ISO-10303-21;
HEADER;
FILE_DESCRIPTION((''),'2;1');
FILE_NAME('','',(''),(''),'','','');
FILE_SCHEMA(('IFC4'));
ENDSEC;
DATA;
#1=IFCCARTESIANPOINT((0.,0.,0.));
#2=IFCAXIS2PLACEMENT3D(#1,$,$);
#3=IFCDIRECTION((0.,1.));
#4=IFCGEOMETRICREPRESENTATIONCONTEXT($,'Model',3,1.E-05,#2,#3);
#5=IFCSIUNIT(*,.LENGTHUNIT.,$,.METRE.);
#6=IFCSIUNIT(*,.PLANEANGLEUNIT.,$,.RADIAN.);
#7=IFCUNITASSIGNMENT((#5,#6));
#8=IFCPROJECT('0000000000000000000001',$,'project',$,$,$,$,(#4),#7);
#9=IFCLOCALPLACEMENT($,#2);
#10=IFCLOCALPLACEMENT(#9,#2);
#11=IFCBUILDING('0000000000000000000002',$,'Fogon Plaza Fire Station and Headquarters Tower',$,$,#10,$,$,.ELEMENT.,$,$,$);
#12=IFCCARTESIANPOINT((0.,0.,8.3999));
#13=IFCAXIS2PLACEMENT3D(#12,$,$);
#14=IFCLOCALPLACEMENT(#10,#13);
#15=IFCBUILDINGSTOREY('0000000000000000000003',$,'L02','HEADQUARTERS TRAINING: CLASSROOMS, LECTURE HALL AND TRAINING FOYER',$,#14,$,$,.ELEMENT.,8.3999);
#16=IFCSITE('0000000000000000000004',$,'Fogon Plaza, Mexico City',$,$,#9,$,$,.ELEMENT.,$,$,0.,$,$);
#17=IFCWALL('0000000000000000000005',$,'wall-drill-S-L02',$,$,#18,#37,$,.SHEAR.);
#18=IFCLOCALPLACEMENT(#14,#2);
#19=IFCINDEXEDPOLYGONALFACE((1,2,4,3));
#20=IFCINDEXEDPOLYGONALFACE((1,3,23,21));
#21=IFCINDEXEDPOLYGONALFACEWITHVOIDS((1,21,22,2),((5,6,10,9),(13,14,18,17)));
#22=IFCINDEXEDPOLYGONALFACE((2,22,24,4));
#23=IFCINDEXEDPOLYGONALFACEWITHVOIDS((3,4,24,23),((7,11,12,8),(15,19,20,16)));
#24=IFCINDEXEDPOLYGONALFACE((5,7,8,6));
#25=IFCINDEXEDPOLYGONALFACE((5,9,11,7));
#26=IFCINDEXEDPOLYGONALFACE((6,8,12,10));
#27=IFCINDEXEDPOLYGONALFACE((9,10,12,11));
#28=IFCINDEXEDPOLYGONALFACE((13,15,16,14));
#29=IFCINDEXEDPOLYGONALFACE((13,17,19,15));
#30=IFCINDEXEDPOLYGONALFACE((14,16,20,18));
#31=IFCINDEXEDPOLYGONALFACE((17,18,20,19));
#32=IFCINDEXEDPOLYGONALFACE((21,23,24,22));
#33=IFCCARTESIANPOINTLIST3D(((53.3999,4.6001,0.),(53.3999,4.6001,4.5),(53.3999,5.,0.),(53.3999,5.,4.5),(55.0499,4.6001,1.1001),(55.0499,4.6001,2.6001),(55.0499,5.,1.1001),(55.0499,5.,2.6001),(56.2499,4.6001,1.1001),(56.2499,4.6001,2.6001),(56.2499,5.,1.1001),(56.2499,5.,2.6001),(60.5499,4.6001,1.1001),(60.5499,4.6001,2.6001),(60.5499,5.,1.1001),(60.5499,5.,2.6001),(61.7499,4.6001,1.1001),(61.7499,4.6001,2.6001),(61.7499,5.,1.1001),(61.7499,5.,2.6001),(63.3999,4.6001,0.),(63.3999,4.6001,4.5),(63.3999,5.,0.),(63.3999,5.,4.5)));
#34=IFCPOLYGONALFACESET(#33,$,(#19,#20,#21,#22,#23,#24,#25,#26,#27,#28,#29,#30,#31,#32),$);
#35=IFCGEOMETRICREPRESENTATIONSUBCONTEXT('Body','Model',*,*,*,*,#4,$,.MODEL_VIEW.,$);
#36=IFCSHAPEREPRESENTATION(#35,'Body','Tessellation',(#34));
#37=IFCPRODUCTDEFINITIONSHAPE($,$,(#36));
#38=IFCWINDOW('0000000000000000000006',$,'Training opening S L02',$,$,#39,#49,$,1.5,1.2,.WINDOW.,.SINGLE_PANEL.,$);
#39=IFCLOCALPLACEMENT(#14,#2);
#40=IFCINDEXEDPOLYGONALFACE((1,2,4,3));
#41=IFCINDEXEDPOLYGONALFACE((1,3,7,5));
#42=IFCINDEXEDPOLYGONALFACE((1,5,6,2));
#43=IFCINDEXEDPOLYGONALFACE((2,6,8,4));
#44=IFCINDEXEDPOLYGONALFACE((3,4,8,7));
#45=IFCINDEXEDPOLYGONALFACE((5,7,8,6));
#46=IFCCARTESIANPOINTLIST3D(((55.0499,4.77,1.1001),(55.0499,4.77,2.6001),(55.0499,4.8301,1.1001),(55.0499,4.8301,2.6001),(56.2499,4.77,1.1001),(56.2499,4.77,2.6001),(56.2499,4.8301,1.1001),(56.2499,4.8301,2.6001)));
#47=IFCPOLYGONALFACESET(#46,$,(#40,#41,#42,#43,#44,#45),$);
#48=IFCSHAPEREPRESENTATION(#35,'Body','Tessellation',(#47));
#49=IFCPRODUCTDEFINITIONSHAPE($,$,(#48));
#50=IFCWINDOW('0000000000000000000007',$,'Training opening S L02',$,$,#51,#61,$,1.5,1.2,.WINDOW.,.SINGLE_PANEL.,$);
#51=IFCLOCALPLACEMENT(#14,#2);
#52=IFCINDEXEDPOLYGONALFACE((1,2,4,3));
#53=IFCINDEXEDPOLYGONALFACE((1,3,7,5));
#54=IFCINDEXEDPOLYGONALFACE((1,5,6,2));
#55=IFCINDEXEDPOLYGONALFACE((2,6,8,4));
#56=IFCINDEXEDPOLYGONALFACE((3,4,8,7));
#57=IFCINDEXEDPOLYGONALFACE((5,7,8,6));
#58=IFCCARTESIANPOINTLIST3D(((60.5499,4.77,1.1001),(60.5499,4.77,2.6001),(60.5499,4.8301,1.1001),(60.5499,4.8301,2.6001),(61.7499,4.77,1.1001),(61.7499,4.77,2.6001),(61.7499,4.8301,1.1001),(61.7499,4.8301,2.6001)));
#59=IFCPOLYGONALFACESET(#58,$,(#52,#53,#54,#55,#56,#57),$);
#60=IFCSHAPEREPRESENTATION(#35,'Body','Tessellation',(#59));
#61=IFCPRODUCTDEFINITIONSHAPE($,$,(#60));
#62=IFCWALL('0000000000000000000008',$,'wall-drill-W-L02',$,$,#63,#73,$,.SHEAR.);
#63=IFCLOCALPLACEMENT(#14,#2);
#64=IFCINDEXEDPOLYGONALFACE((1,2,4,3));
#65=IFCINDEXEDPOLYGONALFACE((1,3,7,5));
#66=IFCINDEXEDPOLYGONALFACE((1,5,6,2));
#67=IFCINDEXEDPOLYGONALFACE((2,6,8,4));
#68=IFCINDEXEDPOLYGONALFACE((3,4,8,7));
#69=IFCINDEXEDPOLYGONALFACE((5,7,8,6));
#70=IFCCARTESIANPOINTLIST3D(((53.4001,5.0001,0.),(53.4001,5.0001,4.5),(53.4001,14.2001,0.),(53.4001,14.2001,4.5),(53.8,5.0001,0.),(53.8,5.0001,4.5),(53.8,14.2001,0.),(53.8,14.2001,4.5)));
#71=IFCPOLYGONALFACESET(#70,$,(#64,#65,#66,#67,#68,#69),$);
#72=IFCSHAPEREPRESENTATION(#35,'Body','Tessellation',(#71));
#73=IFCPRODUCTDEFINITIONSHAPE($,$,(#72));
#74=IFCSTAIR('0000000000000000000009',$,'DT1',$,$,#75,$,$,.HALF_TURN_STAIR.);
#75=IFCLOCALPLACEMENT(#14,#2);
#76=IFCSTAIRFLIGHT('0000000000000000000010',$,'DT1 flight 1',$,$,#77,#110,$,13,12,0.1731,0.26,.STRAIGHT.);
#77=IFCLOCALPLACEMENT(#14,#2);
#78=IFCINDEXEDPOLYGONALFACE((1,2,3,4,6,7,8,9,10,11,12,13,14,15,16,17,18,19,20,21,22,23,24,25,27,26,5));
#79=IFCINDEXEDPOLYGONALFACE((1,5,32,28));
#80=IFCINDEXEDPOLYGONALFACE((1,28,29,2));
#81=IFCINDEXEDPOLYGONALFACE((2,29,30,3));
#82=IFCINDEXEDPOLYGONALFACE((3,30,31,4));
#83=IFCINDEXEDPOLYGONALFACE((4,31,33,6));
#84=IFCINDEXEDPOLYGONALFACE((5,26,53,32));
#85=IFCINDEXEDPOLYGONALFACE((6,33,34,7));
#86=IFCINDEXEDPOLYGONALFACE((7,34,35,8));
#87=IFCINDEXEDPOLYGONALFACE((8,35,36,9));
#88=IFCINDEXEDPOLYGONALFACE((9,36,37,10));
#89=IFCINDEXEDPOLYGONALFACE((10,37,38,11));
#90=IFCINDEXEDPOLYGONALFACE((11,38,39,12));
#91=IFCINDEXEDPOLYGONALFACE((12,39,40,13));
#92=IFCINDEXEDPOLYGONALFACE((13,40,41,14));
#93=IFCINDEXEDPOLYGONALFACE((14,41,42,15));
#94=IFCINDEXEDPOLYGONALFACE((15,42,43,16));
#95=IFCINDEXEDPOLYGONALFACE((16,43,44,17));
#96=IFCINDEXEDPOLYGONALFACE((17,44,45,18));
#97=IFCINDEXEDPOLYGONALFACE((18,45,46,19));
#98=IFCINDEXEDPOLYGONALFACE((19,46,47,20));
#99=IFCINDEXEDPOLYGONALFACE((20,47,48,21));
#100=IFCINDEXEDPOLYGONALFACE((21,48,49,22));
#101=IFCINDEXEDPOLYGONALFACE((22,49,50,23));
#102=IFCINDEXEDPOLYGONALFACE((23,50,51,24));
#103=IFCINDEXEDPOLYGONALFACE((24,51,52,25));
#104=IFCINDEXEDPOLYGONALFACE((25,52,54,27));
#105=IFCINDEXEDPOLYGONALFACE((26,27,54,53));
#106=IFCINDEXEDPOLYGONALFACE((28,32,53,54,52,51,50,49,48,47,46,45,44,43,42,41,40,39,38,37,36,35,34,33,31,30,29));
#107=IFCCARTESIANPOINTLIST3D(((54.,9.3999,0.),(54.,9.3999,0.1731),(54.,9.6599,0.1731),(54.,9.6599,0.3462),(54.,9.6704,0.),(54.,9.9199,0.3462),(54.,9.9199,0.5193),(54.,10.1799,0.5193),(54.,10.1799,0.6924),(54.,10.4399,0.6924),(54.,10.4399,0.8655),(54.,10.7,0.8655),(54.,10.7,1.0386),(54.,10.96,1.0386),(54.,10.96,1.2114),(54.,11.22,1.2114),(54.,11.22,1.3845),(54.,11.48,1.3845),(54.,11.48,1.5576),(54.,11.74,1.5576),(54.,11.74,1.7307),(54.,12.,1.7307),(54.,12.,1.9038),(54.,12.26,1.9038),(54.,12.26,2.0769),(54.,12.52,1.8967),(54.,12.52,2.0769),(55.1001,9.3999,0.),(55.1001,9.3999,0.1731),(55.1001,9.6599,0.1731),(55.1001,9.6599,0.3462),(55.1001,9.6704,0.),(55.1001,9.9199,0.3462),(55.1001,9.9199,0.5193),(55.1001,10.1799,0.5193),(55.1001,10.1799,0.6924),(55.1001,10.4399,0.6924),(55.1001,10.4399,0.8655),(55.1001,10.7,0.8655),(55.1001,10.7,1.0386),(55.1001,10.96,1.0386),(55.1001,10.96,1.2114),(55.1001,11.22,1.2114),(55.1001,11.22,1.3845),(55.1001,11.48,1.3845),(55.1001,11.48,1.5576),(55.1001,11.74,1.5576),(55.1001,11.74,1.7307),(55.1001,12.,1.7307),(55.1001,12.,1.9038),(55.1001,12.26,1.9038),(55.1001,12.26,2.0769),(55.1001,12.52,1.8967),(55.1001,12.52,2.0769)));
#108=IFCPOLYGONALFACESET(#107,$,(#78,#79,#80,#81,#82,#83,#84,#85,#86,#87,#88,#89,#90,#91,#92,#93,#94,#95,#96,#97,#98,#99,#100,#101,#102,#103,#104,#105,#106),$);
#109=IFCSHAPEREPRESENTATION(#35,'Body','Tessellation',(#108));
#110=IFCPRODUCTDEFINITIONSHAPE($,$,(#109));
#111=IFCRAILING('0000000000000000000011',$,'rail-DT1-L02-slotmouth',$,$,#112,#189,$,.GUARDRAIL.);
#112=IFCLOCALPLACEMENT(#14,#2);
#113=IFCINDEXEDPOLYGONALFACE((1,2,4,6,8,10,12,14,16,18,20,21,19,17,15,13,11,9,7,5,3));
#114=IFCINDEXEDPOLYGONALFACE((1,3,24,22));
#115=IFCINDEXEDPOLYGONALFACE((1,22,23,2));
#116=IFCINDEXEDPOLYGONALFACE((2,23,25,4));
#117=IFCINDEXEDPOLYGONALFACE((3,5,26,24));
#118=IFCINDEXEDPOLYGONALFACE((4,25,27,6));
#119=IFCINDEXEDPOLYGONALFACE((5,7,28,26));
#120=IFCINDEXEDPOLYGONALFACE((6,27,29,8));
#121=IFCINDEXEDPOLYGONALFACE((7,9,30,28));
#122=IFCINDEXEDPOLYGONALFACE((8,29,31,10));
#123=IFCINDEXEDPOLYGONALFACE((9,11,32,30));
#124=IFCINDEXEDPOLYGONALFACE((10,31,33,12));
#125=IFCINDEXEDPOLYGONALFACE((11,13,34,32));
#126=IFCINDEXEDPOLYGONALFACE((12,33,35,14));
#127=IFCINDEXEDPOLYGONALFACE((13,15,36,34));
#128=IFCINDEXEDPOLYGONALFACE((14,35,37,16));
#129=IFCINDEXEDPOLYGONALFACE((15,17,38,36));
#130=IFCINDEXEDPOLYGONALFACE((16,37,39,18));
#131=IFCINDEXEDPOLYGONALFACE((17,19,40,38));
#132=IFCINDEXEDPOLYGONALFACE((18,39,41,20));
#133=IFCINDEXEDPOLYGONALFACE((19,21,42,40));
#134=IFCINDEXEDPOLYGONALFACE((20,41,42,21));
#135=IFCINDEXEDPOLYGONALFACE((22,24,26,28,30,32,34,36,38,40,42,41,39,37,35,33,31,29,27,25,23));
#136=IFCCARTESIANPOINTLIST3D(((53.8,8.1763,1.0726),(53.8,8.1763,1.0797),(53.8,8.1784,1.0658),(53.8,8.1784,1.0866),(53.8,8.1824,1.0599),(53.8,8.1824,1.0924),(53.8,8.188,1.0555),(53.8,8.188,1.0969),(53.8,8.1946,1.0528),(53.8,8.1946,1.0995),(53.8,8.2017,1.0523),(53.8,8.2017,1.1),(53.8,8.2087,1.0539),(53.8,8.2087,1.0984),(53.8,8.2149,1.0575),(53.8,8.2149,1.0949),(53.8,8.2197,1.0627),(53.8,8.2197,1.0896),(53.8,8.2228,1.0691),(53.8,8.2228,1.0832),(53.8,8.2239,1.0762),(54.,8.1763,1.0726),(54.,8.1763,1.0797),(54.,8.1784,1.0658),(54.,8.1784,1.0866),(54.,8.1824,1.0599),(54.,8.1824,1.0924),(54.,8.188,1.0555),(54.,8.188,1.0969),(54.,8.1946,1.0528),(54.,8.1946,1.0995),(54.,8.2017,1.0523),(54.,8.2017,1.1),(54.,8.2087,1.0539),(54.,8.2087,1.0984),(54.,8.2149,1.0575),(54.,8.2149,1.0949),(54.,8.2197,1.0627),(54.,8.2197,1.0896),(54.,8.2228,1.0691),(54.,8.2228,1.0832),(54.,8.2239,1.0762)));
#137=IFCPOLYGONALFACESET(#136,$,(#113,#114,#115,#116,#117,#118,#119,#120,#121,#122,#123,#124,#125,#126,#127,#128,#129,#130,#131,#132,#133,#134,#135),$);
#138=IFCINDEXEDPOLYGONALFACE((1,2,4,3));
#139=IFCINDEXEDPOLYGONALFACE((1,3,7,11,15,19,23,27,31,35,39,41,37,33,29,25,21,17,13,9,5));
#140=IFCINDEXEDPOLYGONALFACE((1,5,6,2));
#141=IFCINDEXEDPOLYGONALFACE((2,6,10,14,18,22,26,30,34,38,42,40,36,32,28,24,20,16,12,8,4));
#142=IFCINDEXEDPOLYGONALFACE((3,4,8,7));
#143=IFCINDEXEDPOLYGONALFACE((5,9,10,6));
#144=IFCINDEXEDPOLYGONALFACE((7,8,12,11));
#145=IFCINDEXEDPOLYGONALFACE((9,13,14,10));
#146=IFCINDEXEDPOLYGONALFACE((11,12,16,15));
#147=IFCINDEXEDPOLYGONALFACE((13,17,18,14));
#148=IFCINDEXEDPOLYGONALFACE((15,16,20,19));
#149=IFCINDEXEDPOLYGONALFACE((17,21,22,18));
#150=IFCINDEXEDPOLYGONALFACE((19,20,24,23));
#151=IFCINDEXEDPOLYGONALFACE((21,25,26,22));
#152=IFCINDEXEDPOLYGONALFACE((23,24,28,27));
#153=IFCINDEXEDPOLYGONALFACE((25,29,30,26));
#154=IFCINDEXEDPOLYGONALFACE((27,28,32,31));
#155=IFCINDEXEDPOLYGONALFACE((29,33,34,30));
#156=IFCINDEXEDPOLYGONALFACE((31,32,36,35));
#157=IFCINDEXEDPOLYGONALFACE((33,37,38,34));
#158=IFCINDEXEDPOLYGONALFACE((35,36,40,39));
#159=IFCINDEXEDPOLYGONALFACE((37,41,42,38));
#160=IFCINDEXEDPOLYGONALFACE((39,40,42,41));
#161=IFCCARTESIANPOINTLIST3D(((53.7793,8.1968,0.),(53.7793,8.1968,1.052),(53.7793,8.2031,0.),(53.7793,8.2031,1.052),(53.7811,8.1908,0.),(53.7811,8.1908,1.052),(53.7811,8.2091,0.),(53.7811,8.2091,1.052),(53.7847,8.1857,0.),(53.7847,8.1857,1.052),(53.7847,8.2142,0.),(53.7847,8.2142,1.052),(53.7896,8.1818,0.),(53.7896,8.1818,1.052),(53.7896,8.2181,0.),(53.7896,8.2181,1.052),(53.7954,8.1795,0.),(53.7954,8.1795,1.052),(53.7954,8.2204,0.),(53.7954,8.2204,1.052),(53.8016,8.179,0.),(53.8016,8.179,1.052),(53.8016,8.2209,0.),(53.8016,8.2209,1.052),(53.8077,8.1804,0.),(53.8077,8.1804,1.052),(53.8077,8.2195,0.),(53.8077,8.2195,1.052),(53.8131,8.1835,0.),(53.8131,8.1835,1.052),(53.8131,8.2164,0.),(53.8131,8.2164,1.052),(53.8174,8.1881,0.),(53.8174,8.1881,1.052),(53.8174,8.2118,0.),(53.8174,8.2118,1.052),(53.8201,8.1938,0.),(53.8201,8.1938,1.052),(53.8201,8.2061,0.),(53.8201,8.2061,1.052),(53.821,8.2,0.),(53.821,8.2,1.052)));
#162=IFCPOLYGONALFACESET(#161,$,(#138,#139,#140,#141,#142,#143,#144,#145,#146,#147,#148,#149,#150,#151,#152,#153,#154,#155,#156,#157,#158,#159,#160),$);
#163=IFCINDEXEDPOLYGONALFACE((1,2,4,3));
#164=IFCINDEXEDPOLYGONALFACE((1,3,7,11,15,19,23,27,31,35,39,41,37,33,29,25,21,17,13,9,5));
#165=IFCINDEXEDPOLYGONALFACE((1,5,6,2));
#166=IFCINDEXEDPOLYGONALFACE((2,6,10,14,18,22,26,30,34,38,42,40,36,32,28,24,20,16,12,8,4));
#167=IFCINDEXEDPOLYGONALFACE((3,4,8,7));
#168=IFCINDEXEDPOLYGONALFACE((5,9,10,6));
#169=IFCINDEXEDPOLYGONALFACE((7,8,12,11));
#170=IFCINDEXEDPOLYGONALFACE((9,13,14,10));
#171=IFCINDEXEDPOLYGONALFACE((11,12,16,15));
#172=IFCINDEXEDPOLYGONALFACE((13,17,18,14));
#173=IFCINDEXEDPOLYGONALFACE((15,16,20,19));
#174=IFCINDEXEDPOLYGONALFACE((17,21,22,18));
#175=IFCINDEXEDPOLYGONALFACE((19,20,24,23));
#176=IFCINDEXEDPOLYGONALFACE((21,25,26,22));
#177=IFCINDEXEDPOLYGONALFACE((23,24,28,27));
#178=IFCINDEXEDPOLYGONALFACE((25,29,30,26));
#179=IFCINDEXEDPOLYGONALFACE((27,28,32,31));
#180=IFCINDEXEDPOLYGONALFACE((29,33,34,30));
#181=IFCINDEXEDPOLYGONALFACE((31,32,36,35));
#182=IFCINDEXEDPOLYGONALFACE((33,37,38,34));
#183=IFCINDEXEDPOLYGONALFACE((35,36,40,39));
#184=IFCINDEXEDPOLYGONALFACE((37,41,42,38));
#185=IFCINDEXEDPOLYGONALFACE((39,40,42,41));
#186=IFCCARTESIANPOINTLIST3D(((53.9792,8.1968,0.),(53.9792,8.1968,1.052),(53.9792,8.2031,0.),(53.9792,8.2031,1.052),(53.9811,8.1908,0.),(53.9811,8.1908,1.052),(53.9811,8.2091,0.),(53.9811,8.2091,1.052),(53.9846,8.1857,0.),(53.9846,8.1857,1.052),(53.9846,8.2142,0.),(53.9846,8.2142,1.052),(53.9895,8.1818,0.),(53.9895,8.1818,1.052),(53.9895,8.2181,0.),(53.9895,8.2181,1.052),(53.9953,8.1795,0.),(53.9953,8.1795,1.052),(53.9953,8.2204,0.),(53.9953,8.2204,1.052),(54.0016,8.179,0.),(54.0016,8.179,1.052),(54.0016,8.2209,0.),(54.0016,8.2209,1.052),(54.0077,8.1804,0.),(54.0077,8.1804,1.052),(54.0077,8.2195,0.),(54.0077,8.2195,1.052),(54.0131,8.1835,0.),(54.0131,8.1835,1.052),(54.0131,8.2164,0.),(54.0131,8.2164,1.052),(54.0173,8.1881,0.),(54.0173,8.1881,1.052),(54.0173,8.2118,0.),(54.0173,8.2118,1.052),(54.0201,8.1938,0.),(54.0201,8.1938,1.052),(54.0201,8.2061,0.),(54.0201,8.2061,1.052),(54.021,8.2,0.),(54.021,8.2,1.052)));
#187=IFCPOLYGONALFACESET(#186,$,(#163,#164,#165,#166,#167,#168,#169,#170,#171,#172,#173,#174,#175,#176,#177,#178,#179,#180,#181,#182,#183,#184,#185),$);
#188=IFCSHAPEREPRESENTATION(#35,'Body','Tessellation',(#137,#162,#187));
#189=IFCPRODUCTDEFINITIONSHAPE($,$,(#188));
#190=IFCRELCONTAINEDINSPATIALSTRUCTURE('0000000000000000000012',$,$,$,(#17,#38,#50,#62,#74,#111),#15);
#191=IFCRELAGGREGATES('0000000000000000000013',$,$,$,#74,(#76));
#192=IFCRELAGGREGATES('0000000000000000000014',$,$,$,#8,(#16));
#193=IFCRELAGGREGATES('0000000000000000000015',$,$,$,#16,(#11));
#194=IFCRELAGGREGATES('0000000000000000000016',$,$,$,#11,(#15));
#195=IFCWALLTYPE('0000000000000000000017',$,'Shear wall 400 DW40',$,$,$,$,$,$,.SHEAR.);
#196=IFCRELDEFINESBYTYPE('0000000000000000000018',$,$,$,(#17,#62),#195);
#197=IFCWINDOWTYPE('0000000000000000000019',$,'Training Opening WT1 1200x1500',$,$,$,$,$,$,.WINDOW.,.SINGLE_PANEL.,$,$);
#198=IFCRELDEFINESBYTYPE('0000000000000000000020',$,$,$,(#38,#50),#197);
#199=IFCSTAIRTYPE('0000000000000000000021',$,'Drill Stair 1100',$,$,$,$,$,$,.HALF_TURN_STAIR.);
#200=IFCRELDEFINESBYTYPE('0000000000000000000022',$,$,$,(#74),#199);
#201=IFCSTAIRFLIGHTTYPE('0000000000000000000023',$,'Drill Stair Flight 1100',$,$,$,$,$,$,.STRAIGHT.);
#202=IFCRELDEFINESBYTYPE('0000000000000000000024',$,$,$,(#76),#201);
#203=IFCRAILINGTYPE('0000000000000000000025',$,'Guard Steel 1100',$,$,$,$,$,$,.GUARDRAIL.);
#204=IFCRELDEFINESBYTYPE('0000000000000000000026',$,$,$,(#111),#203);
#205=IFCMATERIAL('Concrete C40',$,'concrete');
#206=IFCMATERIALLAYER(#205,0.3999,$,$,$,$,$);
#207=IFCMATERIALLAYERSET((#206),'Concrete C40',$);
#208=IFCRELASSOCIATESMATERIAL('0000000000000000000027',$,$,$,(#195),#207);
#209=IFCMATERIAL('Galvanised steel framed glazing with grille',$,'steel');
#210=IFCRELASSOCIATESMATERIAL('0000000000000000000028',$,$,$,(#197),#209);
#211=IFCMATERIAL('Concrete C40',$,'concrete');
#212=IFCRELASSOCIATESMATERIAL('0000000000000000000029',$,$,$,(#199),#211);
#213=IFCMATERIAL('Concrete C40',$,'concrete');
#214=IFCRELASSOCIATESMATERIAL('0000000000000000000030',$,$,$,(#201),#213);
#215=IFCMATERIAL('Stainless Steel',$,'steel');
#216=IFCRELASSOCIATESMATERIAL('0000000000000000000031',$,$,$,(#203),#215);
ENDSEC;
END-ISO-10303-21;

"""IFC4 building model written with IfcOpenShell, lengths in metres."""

from ifc_helpers import new_model, si_unit, direction, frame, frame_2d, origin, origin_2d, place, context, subcontext, project, spatial, polyline, rectangle, circle, outline, extrude, material, layer, layer_set, type_object, element, fill, aggregate, save


model = new_model("IFC4")

# Units and contexts
model_context = context("Model", 3, precision=1e-05, world=origin(), true_north=direction((0.0, 1.0)))
body_context = subcontext(model_context, "Body", "Model", "MODEL_VIEW")
ifc_project = project(units=[si_unit("LENGTHUNIT", "METRE"), si_unit("PLANEANGLEUNIT", "RADIAN")], contexts=[model_context])

# Site, building, storey
site_placement = place(None, origin())
site = spatial("IfcSite", under=ifc_project, at=site_placement, Name="Fogon Plaza, Mexico City", CompositionType="ELEMENT", RefElevation=0.0)
building_placement = place(site_placement, origin())
building = spatial("IfcBuilding", under=site, at=building_placement, Name="Fogon Plaza Fire Station and Headquarters Tower", CompositionType="ELEMENT")
storey_placement = place(building_placement, frame((0.0, 0.0, 8.3999)))
storey = spatial("IfcBuildingStorey", under=building, at=storey_placement, Name="L02", Description="HEADQUARTERS TRAINING: CLASSROOMS, LECTURE HALL AND TRAINING FOYER", CompositionType="ELEMENT", Elevation=8.3999)

# Shared definitions
ifc_material_1 = material(Name="Concrete C40", Category="concrete")
ifc_layer_1 = layer(ifc_material_1, 0.3999)
ifc_layer_set_1 = layer_set([ifc_layer_1], Name="Concrete C40")
wall_type = type_object("IfcWallType", Name="Shear wall 400 DW40", PredefinedType="SHEAR", material=ifc_layer_set_1)
ifc_material_2 = material(Name="Galvanised steel framed glazing with grille", Category="steel")
window_type = type_object("IfcWindowType", Name="Training Opening WT1 1200x1500", PartitioningType="SINGLE_PANEL", PredefinedType="WINDOW", material=ifc_material_2)

# Wall, openings, windows
wall_1_placement = place(storey_placement, frame((53.3999, 4.8, 0.0), z_axis=(0.0, 0.0, 1.0), x_axis=(1.0, 0.0, 0.0)))
wall_1 = element("IfcWall", 1, at=wall_1_placement, inside=storey, type_object=wall_type, Name="wall-drill-S-L02", PredefinedType="SHEAR", context=body_context, shape_type="SweptSolid", body=[
    extrude(rectangle(XDim=10.0, YDim=0.3999, at=frame_2d((5.0, 0.0))), origin(), (0.0, 0.0, 1.0), 4.5),
])
opening_1_placement = place(wall_1_placement, frame((1.6499, 0.0, 1.1001)))
opening_1 = element("IfcOpeningElement", 2, at=opening_1_placement, cuts=wall_1, PredefinedType="OPENING", context=body_context, shape_type="SweptSolid", body=[
    extrude(rectangle(XDim=1.2, YDim=1.5, at=frame_2d((0.6001, 0.75))), frame((0.0, 0.21, 0.0), z_axis=(0.0, -1.0, 0.0), x_axis=(1.0, 0.0, 0.0)), (0.0, 0.0, 1.0), 0.4199),
])
opening_2_placement = place(wall_1_placement, frame((7.1499, 0.0, 1.1001)))
opening_2 = element("IfcOpeningElement", 3, at=opening_2_placement, cuts=wall_1, PredefinedType="OPENING", context=body_context, shape_type="SweptSolid", body=[
    extrude(rectangle(XDim=1.2, YDim=1.5, at=frame_2d((0.6001, 0.75))), frame((0.0, 0.21, 0.0), z_axis=(0.0, -1.0, 0.0), x_axis=(1.0, 0.0, 0.0)), (0.0, 0.0, 1.0), 0.4199),
])
window_1_placement = place(opening_1_placement, origin())
window_1 = element("IfcWindow", 4, at=window_1_placement, inside=storey, type_object=window_type, Name="Training opening S L02", OverallHeight=1.5, OverallWidth=1.2, PartitioningType="SINGLE_PANEL", PredefinedType="WINDOW", context=body_context, shape_type="SweptSolid", body=[
    extrude(rectangle(XDim=1.2, YDim=1.5, at=frame_2d((0.6001, 0.75))), frame((0.0, 0.03, 0.0), z_axis=(0.0, -1.0, 0.0), x_axis=(1.0, 0.0, 0.0)), (0.0, 0.0, 1.0), 0.0601),
])
fill(opening_1, window_1)
window_2_placement = place(opening_2_placement, origin())
window_2 = element("IfcWindow", 5, at=window_2_placement, inside=storey, type_object=window_type, Name="Training opening S L02", OverallHeight=1.5, OverallWidth=1.2, PartitioningType="SINGLE_PANEL", PredefinedType="WINDOW", context=body_context, shape_type="SweptSolid", body=[
    extrude(rectangle(XDim=1.2, YDim=1.5, at=frame_2d((0.6001, 0.75))), frame((0.0, 0.03, 0.0), z_axis=(0.0, -1.0, 0.0), x_axis=(1.0, 0.0, 0.0)), (0.0, 0.0, 1.0), 0.0601),
])
fill(opening_2, window_2)

# Wall
wall_2_placement = place(storey_placement, frame((53.6001, 5.0, 0.0), z_axis=(0.0, 0.0, 1.0), x_axis=(0.0, 1.0, 0.0)))
element("IfcWall", 6, at=wall_2_placement, inside=storey, type_object=wall_type, Name="wall-drill-W-L02", PredefinedType="SHEAR", context=body_context, shape_type="SweptSolid", body=[
    extrude(rectangle(XDim=9.2, YDim=0.3999, at=frame_2d((4.6001, 0.0))), origin(), (0.0, 0.0, 1.0), 4.5),
])

# Stair, stair flight
ifc_material_3 = material(Name="Concrete C40", Category="concrete")
stair_type = type_object("IfcStairType", Name="Drill Stair 1100", PredefinedType="HALF_TURN_STAIR", material=ifc_material_3)
stair_placement = place(storey_placement, origin())
stair = element("IfcStair", 7, at=stair_placement, inside=storey, type_object=stair_type, Name="DT1", PredefinedType="HALF_TURN_STAIR")
ifc_material_4 = material(Name="Concrete C40", Category="concrete")
stair_flight_type = type_object("IfcStairFlightType", Name="Drill Stair Flight 1100", PredefinedType="STRAIGHT", material=ifc_material_4)
stair_flight_placement = place(storey_placement, frame((54.55, 9.3999, 0.0), z_axis=(0.0, 0.0, 1.0), x_axis=(0.0, 1.0, 0.0)))
stair_flight = element("IfcStairFlight", 8, at=stair_flight_placement, type_object=stair_flight_type, Name="DT1 flight 1", NumberOfRisers=13, NumberOfTreads=12, PredefinedType="STRAIGHT", RiserHeight=0.1731, TreadLength=0.26, context=body_context, shape_type="SweptSolid", body=[
    extrude(outline(polyline([(0.0, 0.0), (0.0, 0.1731), (0.26, 0.1731), (0.26, 0.3462), (0.52, 0.3462), (0.52, 0.5193), (0.78, 0.5193), (0.78, 0.6924), (1.04, 0.6924), (1.04, 0.8655), (1.3, 0.8655), (1.3, 1.0386), (1.5601, 1.0386), (1.5601, 1.2114), (1.8201, 1.2114), (1.8201, 1.3845), (2.0801, 1.3845), (2.0801, 1.5576), (2.3401, 1.5576), (2.3401, 1.7307), (2.6001, 1.7307), (2.6001, 1.9038), (2.8601, 1.9038), (2.8601, 2.0769), (3.1201, 2.0769), (3.1201, 2.25), (3.1201, 1.8967), (0.2705, 0.0), (0.0, 0.0)])), frame((0.0, 0.55, 0.0), z_axis=(0.0, -1.0, 0.0), x_axis=(1.0, 0.0, 0.0)), (0.0, 0.0, 1.0), 1.1001),
])
aggregate(stair, [stair_flight])

# Railing
ifc_material_5 = material(Name="Stainless Steel", Category="steel")
railing_type_1 = type_object("IfcRailingType", Name="Guard Steel 1100", PredefinedType="GUARDRAIL", material=ifc_material_5)
for number, where, name in (
    (9, (53.8, 8.2, 0.0), "rail-DT1-L02-slotmouth"),
):
    element("IfcRailing", number, at=place(storey_placement, frame(where)), inside=storey, type_object=railing_type_1, Name=name, PredefinedType="GUARDRAIL", context=body_context, shape_type="SweptSolid", body=[
        extrude(circle(Radius=0.0239, at=origin_2d()), frame((0.0, 0.0, 1.0762), z_axis=(1.0, 0.0, 0.0), x_axis=(0.0, 1.0, 0.0)), (0.0, 0.0, 1.0), 0.2),
        extrude(circle(Radius=0.021, at=origin_2d()), origin(), (0.0, 0.0, 1.0), 1.052),
        extrude(circle(Radius=0.021, at=origin_2d()), frame((0.2, 0.0, 0.0)), (0.0, 0.0, 1.0), 1.052),
    ])

save(model, "model.ifc")
